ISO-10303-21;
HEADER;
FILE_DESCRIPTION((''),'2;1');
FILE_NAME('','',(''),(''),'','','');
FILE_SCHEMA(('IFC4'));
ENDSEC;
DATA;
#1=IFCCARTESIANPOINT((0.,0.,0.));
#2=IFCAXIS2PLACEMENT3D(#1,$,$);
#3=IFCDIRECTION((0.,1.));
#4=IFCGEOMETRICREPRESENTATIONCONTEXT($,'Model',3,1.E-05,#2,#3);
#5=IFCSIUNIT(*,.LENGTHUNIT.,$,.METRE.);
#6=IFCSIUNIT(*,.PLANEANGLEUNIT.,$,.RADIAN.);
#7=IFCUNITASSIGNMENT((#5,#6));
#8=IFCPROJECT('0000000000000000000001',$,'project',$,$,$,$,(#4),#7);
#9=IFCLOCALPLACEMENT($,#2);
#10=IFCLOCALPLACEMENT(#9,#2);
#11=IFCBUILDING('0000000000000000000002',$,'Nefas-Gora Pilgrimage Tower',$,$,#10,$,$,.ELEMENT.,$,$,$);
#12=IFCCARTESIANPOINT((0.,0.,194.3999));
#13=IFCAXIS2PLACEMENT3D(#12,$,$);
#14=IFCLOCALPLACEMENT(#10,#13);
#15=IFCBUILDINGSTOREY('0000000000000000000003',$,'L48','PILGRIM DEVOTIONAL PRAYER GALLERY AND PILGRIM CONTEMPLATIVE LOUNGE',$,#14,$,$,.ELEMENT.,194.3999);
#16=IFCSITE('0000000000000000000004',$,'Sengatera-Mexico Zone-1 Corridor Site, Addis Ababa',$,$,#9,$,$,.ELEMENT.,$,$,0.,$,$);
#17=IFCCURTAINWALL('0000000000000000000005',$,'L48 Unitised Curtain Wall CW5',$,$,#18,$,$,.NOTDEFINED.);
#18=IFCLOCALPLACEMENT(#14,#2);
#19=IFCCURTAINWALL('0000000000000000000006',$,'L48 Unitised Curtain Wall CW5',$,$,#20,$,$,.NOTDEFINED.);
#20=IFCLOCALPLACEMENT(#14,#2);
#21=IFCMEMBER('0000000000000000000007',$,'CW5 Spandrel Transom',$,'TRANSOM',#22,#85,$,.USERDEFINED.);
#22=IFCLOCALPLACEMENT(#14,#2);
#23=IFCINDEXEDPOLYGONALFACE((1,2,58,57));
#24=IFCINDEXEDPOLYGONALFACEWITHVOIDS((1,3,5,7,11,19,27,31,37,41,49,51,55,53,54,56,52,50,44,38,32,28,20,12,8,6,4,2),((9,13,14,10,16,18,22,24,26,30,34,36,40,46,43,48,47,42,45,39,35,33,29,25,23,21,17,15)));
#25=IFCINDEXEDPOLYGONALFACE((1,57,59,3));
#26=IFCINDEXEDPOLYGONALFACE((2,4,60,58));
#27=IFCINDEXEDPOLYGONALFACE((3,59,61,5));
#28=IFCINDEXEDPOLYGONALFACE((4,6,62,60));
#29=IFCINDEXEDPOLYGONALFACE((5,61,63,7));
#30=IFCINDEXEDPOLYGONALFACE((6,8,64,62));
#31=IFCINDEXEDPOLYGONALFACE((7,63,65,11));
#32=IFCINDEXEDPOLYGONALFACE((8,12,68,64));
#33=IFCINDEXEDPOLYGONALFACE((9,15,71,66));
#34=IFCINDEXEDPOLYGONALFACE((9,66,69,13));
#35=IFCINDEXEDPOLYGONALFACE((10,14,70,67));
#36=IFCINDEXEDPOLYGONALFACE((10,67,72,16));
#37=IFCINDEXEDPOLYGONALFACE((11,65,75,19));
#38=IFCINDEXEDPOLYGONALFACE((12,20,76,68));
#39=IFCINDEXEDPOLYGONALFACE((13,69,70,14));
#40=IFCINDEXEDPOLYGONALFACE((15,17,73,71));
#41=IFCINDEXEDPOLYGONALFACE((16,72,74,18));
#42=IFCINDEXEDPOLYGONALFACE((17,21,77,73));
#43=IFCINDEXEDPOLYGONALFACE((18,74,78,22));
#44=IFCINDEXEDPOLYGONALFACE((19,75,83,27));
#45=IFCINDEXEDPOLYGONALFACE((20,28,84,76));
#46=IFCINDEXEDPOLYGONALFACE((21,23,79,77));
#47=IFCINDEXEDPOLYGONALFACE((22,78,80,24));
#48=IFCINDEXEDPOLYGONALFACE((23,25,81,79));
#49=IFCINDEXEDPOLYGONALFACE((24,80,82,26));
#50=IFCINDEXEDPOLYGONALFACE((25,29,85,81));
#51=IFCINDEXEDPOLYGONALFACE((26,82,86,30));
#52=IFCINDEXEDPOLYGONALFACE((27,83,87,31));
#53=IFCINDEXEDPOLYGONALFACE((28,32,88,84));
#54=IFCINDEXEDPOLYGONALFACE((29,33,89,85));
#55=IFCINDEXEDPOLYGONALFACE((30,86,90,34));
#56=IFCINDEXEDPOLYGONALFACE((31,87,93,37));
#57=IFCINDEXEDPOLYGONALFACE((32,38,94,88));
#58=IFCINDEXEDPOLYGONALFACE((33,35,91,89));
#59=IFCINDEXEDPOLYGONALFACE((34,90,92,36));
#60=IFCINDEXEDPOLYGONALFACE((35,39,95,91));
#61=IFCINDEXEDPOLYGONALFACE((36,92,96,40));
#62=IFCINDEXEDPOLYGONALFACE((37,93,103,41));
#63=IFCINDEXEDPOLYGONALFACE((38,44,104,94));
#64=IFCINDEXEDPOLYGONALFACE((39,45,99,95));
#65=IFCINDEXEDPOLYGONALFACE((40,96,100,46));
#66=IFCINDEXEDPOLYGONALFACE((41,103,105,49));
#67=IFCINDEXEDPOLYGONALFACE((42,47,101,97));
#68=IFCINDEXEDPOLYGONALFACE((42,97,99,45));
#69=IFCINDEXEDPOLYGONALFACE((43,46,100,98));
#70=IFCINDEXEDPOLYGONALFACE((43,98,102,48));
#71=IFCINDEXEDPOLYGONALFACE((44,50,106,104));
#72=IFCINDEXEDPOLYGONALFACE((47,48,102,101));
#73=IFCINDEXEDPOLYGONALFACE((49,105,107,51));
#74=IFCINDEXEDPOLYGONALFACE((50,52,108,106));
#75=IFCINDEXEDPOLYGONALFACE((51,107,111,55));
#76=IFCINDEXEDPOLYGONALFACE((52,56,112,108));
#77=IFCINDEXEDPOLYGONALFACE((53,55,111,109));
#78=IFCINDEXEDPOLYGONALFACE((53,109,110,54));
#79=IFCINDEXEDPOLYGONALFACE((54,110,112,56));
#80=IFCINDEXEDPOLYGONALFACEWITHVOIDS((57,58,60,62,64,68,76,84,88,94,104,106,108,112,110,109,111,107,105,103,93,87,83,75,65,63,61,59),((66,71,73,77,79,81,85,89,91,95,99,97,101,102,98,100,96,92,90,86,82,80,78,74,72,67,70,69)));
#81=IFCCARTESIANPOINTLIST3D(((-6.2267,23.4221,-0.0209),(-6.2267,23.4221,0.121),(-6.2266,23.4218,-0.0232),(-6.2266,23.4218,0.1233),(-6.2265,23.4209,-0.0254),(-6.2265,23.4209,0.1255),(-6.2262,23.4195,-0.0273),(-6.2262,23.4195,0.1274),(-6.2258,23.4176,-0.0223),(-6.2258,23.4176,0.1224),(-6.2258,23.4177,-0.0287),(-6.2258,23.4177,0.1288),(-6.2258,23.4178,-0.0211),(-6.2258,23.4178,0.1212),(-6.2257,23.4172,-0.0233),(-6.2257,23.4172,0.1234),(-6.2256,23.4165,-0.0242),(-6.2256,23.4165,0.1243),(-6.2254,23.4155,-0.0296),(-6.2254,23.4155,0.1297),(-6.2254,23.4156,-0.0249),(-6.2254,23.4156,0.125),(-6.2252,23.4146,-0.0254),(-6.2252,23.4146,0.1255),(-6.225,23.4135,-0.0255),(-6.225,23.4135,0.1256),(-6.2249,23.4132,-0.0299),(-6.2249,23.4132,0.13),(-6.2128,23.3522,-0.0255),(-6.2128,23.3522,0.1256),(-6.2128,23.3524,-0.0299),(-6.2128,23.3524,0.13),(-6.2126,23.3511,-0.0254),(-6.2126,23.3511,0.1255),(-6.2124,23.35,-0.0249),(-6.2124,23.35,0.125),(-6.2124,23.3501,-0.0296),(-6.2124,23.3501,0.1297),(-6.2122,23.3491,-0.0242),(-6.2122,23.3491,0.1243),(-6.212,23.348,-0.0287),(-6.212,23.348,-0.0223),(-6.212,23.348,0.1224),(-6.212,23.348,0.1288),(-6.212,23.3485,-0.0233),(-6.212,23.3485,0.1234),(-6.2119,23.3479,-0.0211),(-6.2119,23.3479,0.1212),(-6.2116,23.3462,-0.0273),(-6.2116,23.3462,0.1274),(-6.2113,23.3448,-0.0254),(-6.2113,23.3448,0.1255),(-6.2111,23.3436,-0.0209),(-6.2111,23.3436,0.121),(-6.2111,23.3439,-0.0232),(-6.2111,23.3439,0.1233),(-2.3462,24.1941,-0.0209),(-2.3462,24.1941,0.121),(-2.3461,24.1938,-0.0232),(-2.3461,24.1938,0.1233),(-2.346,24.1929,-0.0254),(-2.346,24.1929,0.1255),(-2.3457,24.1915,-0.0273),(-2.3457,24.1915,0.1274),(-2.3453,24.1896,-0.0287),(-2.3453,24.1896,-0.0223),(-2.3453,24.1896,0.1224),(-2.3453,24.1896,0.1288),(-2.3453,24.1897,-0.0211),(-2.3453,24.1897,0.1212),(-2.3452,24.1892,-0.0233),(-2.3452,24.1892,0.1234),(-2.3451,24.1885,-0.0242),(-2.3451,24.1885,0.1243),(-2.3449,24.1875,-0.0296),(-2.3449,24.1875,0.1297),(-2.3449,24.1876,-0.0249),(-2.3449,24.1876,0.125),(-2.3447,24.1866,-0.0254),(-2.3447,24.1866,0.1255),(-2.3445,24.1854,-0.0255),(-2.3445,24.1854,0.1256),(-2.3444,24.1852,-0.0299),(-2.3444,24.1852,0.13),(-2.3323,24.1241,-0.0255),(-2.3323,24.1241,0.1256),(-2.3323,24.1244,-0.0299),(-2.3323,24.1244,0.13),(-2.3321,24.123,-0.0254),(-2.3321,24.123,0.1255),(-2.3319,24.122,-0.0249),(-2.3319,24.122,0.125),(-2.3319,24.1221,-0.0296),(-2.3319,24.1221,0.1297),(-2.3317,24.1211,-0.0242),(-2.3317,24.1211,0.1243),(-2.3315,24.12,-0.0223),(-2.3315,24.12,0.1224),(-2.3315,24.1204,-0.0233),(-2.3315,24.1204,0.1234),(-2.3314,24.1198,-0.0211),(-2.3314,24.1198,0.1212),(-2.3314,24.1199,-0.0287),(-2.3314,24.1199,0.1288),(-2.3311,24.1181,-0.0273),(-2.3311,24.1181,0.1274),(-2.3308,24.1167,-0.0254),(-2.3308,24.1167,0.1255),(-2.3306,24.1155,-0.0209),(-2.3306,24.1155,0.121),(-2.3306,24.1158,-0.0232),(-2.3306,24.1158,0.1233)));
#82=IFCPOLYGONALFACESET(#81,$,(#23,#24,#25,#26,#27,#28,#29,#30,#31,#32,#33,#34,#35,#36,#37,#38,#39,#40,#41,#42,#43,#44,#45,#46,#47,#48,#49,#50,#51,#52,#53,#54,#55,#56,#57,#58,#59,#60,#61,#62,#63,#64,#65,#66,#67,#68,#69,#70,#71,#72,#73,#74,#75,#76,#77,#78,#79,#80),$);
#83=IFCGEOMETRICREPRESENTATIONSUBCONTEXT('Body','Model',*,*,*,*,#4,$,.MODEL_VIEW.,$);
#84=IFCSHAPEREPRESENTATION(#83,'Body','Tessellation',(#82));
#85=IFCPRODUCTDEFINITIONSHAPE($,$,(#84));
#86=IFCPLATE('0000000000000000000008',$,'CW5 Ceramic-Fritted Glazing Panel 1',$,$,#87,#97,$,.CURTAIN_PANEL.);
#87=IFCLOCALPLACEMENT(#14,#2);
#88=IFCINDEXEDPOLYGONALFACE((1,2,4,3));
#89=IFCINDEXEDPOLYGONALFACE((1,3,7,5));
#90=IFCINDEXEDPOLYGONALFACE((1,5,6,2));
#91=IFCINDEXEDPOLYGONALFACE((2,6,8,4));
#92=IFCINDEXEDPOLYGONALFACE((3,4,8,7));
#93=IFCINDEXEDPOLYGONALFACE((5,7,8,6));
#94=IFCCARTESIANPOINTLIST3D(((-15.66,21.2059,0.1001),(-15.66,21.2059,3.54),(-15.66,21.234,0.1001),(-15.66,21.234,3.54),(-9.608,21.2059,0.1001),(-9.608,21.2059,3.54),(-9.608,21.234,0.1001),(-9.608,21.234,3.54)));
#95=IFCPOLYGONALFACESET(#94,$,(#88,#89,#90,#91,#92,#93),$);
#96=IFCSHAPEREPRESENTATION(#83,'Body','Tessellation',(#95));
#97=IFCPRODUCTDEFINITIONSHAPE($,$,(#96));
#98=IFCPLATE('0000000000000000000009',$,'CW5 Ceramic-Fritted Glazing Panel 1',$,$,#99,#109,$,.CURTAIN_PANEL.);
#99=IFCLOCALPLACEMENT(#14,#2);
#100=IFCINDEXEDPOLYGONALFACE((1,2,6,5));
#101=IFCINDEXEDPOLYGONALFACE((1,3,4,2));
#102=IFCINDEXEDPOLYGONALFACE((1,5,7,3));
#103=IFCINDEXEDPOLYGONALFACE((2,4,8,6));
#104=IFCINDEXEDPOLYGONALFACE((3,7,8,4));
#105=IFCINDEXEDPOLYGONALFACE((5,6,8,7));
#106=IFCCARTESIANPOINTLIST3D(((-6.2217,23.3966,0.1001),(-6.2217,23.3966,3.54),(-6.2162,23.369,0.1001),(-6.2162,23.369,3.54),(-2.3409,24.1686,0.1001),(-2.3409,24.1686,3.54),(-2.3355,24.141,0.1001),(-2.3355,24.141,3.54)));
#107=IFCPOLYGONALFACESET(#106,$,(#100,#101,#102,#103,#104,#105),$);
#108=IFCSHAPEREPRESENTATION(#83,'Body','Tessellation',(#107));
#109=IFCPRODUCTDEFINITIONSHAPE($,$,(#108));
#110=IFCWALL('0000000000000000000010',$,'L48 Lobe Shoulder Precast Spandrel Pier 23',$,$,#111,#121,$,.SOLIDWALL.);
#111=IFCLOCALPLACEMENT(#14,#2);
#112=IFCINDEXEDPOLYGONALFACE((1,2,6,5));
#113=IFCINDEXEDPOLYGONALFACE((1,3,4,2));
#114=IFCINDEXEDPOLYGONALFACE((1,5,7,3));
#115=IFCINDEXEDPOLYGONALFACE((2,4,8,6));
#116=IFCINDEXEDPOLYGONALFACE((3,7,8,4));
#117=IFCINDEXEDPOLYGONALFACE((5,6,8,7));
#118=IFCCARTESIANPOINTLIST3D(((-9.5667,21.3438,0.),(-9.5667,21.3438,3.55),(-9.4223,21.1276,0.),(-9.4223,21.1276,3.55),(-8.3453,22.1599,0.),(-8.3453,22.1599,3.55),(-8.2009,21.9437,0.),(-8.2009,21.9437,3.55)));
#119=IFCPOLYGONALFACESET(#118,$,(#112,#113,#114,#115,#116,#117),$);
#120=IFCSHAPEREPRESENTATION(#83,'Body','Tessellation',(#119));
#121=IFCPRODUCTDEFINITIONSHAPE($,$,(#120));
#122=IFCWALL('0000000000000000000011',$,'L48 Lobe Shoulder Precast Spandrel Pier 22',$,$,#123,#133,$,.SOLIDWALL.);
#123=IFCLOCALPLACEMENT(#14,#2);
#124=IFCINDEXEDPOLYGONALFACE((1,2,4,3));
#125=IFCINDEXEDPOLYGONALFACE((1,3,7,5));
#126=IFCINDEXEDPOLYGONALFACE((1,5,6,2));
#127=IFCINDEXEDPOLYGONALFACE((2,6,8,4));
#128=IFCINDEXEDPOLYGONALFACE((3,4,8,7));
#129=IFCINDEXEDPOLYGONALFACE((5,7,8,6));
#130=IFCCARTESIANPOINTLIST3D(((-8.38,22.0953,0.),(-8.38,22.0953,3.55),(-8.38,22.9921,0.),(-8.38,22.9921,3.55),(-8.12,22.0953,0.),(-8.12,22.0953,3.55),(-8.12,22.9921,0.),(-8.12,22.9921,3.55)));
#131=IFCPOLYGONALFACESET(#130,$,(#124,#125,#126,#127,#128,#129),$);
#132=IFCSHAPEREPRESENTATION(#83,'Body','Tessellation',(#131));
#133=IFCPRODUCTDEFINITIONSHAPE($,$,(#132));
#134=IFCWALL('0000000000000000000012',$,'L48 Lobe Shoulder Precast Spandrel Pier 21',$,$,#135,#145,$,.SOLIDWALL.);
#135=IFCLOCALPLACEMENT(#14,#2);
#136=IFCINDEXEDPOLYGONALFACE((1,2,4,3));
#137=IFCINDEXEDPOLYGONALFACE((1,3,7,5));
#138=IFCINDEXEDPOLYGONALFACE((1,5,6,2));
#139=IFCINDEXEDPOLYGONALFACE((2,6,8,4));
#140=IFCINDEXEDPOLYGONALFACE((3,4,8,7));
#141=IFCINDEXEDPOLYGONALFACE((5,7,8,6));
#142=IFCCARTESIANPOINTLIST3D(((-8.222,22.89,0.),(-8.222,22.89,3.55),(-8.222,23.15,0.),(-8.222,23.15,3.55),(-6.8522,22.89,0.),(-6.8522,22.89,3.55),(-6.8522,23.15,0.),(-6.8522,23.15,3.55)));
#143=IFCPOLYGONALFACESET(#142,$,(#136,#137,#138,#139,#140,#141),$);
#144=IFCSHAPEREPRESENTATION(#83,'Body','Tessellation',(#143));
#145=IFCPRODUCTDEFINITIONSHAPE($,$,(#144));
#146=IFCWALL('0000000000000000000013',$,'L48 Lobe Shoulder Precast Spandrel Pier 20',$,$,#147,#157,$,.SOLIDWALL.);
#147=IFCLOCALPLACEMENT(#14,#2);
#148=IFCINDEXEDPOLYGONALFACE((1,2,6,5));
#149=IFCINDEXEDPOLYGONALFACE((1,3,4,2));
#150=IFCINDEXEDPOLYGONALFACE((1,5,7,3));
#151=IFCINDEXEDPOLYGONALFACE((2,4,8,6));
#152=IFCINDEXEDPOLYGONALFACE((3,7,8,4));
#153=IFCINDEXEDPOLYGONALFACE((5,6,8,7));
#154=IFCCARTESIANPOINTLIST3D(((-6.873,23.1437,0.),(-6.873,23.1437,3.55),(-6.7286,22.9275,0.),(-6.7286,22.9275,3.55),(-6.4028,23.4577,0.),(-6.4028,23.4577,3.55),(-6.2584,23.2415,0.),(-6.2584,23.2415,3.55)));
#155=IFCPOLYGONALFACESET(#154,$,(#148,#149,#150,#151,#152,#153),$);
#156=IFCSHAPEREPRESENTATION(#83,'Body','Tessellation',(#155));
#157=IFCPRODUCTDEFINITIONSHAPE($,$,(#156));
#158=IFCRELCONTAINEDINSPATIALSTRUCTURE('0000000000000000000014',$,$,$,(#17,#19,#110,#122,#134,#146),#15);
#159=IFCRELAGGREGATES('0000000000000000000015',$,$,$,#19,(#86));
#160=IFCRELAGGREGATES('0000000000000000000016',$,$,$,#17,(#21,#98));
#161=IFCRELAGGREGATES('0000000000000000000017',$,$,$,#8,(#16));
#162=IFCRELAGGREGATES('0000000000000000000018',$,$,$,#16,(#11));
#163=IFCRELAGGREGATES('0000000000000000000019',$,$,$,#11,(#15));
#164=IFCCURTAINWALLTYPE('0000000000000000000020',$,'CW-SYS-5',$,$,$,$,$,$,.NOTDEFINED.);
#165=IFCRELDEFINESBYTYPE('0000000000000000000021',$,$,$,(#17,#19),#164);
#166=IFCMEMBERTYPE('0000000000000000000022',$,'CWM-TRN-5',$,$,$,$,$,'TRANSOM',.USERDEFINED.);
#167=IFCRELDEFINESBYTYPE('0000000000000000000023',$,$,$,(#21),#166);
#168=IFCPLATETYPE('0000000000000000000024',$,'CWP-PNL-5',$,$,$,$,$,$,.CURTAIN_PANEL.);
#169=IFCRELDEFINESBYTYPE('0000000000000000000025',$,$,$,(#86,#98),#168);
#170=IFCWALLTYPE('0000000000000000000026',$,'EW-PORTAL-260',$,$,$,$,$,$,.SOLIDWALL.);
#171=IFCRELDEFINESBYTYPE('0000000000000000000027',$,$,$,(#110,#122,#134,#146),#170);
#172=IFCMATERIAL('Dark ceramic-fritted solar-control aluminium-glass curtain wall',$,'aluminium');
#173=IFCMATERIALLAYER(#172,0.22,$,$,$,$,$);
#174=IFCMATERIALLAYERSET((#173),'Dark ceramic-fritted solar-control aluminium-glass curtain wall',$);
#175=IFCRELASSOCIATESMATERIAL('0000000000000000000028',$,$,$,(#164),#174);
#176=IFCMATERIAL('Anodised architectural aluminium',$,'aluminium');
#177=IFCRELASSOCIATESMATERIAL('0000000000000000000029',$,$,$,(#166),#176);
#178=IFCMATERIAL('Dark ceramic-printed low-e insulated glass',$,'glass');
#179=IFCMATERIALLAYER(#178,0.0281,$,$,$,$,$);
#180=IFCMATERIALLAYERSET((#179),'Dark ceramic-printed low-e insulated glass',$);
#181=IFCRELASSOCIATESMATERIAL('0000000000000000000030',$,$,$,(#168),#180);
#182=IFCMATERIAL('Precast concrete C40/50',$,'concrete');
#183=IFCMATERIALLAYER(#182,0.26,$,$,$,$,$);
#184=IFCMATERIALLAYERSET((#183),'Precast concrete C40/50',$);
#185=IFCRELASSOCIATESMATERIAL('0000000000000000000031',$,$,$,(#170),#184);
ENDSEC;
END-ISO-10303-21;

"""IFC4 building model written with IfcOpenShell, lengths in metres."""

from ifc_helpers import new_model, si_unit, direction, frame, frame_2d, origin, origin_2d, place, context, subcontext, project, spatial, rectangle, hollow_rectangle, extrude, source, transform, mapped, material, layer, layer_set, material_profile, profile_set, type_object, element, aggregate, save


model = new_model("IFC4")

# Units and contexts
model_context = context("Model", 3, precision=1e-05, world=origin(), true_north=direction((0.0, 1.0)))
body_context = subcontext(model_context, "Body", "Model", "MODEL_VIEW")
ifc_project = project(units=[si_unit("LENGTHUNIT", "METRE"), si_unit("PLANEANGLEUNIT", "RADIAN")], contexts=[model_context])

# Site, building, storey
site_placement = place(None, origin())
site = spatial("IfcSite", under=ifc_project, at=site_placement, Name="Sengatera-Mexico Zone-1 Corridor Site, Addis Ababa", CompositionType="ELEMENT", RefElevation=0.0)
building_placement = place(site_placement, origin())
building = spatial("IfcBuilding", under=site, at=building_placement, Name="Nefas-Gora Pilgrimage Tower", CompositionType="ELEMENT")
storey_placement = place(building_placement, frame((0.0, 0.0, 194.3999)))
storey = spatial("IfcBuildingStorey", under=building, at=storey_placement, Name="L48", Description="PILGRIM DEVOTIONAL PRAYER GALLERY AND PILGRIM CONTEMPLATIVE LOUNGE", CompositionType="ELEMENT", Elevation=194.3999)

# Curtain walls
ifc_material_1 = material(Name="Dark ceramic-fritted solar-control aluminium-glass curtain wall", Category="aluminium")
ifc_layer_1 = layer(ifc_material_1, 0.22)
ifc_layer_set_1 = layer_set([ifc_layer_1], Name="Dark ceramic-fritted solar-control aluminium-glass curtain wall")
curtain_wall_type = type_object("IfcCurtainWallType", Name="CW-SYS-5", PredefinedType="NOTDEFINED", material=ifc_layer_set_1)
curtain_wall_1_placement = place(storey_placement, origin())
curtain_wall_1 = element("IfcCurtainWall", 1, at=curtain_wall_1_placement, inside=storey, type_object=curtain_wall_type, Name="L48 Unitised Curtain Wall CW5", PredefinedType="NOTDEFINED")
ifc_material_2 = material(Name="Anodised architectural aluminium", Category="aluminium")
curtain_wall_2_placement = place(storey_placement, origin())
curtain_wall_2 = element("IfcCurtainWall", 2, at=curtain_wall_2_placement, inside=storey, type_object=curtain_wall_type, Name="L48 Unitised Curtain Wall CW5", PredefinedType="NOTDEFINED")
ifc_material_profile_1 = material_profile(ifc_material_2, hollow_rectangle(XDim=0.0801, YDim=0.1599, WallThickness=0.0044, InnerFilletRadius=0.0044, OuterFilletRadius=0.009, at=origin_2d()), Name="ALU TRANSOM 80x160")
ifc_profile_set_1 = profile_set([ifc_material_profile_1], Name="Anodised architectural aluminium")
member_type_1 = type_object("IfcMemberType", Name="CWM-TRN-5", ElementType="TRANSOM", PredefinedType="USERDEFINED", material=ifc_profile_set_1)

# Member
shared_shape_1 = source(origin(), body_context, "Body", "SweptSolid", [
    extrude(hollow_rectangle(XDim=0.0801, YDim=0.1599, WallThickness=0.0044, InnerFilletRadius=0.0044, OuterFilletRadius=0.009, at=origin_2d()), origin(), (0.0, 0.0, 1.0), 3.9565),
])
member_1_placement = place(storey_placement, frame((-2.3384, 24.1548, 0.05), z_axis=(-0.980782, -0.195107, 0.0), x_axis=(0.195107, -0.980782, 0.0)))
member_1 = element("IfcMember", 3, at=member_1_placement, type_object=member_type_1, Name="CW5 Spandrel Transom", ObjectType="TRANSOM", PredefinedType="USERDEFINED", context=body_context, shape_type="MappedRepresentation", body=[
    mapped(shared_shape_1, transform((0.0, 0.0, 0.0), x_axis=(1.0, 0.0, 0.0), y_axis=(0.0, 1.0, 0.0), z_axis=(0.0, 0.0, 1.0), scale=1.0)),
])

# Plates
ifc_material_3 = material(Name="Dark ceramic-printed low-e insulated glass", Category="glass")
ifc_layer_2 = layer(ifc_material_3, 0.0281)
ifc_layer_set_2 = layer_set([ifc_layer_2], Name="Dark ceramic-printed low-e insulated glass")
plate_type = type_object("IfcPlateType", Name="CWP-PNL-5", PredefinedType="CURTAIN_PANEL", material=ifc_layer_set_2)
shared_shape_2 = source(origin(), body_context, "Body", "SweptSolid", [
    extrude(rectangle(XDim=6.052, YDim=0.0281, at=origin_2d()), origin(), (0.0, 0.0, 1.0), 3.4399),
])
plate_1_placement = place(storey_placement, frame((-12.634, 21.22, 0.1001), z_axis=(0.0, 0.0, 1.0), x_axis=(-1.0, 0.0, 0.0)))
plate_1 = element("IfcPlate", 4, at=plate_1_placement, type_object=plate_type, Name="CW5 Ceramic-Fritted Glazing Panel 1", PredefinedType="CURTAIN_PANEL", context=body_context, shape_type="MappedRepresentation", body=[
    mapped(shared_shape_2, transform((0.0, 0.0, 0.0), x_axis=(1.0, 0.0, 0.0), y_axis=(0.0, 1.0, 0.0), z_axis=(0.0, 0.0, 1.0), scale=1.0)),
])
aggregate(curtain_wall_2, [plate_1])
shared_shape_3 = source(origin(), body_context, "Body", "SweptSolid", [
    extrude(rectangle(XDim=3.9568, YDim=0.0281, at=origin_2d()), origin(), (0.0, 0.0, 1.0), 3.4399),
])
plate_2_placement = place(storey_placement, frame((-4.2786, 23.7688, 0.1001), z_axis=(0.0, 0.0, 1.0), x_axis=(-0.980783, -0.195102, 0.0)))
plate_2 = element("IfcPlate", 5, at=plate_2_placement, type_object=plate_type, Name="CW5 Ceramic-Fritted Glazing Panel 1", PredefinedType="CURTAIN_PANEL", context=body_context, shape_type="MappedRepresentation", body=[
    mapped(shared_shape_3, transform((0.0, 0.0, 0.0), x_axis=(1.0, 0.0, 0.0), y_axis=(0.0, 1.0, 0.0), z_axis=(0.0, 0.0, 1.0), scale=1.0)),
])
aggregate(curtain_wall_1, [member_1, plate_2])

# Walls
ifc_material_4 = material(Name="Precast concrete C40/50", Category="concrete")
ifc_layer_3 = layer(ifc_material_4, 0.26)
ifc_layer_set_3 = layer_set([ifc_layer_3], Name="Precast concrete C40/50")
wall_type_1 = type_object("IfcWallType", Name="EW-PORTAL-260", PredefinedType="SOLIDWALL", material=ifc_layer_set_3)
shared_shape_4 = source(origin(), body_context, "Body", "SweptSolid", [
    extrude(rectangle(XDim=1.469, YDim=0.26, at=frame_2d((0.7344, 0.0))), origin(), (0.0, 0.0, 1.0), 3.55),
])
wall_1_placement = place(storey_placement, frame((-8.2732, 22.0518, 0.0), z_axis=(0.0, 0.0, 1.0), x_axis=(-0.831462, -0.555582, 0.0)))
element("IfcWall", 6, at=wall_1_placement, inside=storey, type_object=wall_type_1, Name="L48 Lobe Shoulder Precast Spandrel Pier 23", PredefinedType="SOLIDWALL", context=body_context, shape_type="MappedRepresentation", body=[
    mapped(shared_shape_4, transform((0.0, 0.0, 0.0), x_axis=(1.0, 0.0, 0.0), y_axis=(0.0, 1.0, 0.0), z_axis=(0.0, 0.0, 1.0), scale=1.0)),
])
shared_shape_5 = source(origin(), body_context, "Body", "SweptSolid", [
    extrude(rectangle(XDim=0.8967, YDim=0.26, at=frame_2d((0.4482, 0.0))), origin(), (0.0, 0.0, 1.0), 3.55),
])
wall_2_placement = place(storey_placement, frame((-8.25, 22.9919, 0.0), z_axis=(0.0, 0.0, 1.0), x_axis=(0.0, -1.0, 0.0)))
element("IfcWall", 7, at=wall_2_placement, inside=storey, type_object=wall_type_1, Name="L48 Lobe Shoulder Precast Spandrel Pier 22", PredefinedType="SOLIDWALL", context=body_context, shape_type="MappedRepresentation", body=[
    mapped(shared_shape_5, transform((0.0, 0.0, 0.0), x_axis=(1.0, 0.0, 0.0), y_axis=(0.0, 1.0, 0.0), z_axis=(0.0, 0.0, 1.0), scale=1.0)),
])
shared_shape_6 = source(origin(), body_context, "Body", "SweptSolid", [
    extrude(rectangle(XDim=1.3699, YDim=0.26, at=frame_2d((0.6851, 0.0))), origin(), (0.0, 0.0, 1.0), 3.55),
])
wall_3_placement = place(storey_placement, frame((-6.8521, 23.02, 0.0), z_axis=(0.0, 0.0, 1.0), x_axis=(-1.0, 0.0, 0.0)))
element("IfcWall", 8, at=wall_3_placement, inside=storey, type_object=wall_type_1, Name="L48 Lobe Shoulder Precast Spandrel Pier 21", PredefinedType="SOLIDWALL", context=body_context, shape_type="MappedRepresentation", body=[
    mapped(shared_shape_6, transform((0.0, 0.0, 0.0), x_axis=(1.0, 0.0, 0.0), y_axis=(0.0, 1.0, 0.0), z_axis=(0.0, 0.0, 1.0), scale=1.0)),
])
shared_shape_7 = source(origin(), body_context, "Body", "SweptSolid", [
    extrude(rectangle(XDim=0.5654, YDim=0.26, at=frame_2d((0.2827, 0.0))), origin(), (0.0, 0.0, 1.0), 3.55),
])
wall_4_placement = place(storey_placement, frame((-6.3306, 23.3496, 0.0), z_axis=(0.0, 0.0, 1.0), x_axis=(-0.831651, -0.555298, 0.0)))
element("IfcWall", 9, at=wall_4_placement, inside=storey, type_object=wall_type_1, Name="L48 Lobe Shoulder Precast Spandrel Pier 20", PredefinedType="SOLIDWALL", context=body_context, shape_type="MappedRepresentation", body=[
    mapped(shared_shape_7, transform((0.0, 0.0, 0.0), x_axis=(1.0, 0.0, 0.0), y_axis=(0.0, 1.0, 0.0), z_axis=(0.0, 0.0, 1.0), scale=1.0)),
])

save(model, "model.ifc")
